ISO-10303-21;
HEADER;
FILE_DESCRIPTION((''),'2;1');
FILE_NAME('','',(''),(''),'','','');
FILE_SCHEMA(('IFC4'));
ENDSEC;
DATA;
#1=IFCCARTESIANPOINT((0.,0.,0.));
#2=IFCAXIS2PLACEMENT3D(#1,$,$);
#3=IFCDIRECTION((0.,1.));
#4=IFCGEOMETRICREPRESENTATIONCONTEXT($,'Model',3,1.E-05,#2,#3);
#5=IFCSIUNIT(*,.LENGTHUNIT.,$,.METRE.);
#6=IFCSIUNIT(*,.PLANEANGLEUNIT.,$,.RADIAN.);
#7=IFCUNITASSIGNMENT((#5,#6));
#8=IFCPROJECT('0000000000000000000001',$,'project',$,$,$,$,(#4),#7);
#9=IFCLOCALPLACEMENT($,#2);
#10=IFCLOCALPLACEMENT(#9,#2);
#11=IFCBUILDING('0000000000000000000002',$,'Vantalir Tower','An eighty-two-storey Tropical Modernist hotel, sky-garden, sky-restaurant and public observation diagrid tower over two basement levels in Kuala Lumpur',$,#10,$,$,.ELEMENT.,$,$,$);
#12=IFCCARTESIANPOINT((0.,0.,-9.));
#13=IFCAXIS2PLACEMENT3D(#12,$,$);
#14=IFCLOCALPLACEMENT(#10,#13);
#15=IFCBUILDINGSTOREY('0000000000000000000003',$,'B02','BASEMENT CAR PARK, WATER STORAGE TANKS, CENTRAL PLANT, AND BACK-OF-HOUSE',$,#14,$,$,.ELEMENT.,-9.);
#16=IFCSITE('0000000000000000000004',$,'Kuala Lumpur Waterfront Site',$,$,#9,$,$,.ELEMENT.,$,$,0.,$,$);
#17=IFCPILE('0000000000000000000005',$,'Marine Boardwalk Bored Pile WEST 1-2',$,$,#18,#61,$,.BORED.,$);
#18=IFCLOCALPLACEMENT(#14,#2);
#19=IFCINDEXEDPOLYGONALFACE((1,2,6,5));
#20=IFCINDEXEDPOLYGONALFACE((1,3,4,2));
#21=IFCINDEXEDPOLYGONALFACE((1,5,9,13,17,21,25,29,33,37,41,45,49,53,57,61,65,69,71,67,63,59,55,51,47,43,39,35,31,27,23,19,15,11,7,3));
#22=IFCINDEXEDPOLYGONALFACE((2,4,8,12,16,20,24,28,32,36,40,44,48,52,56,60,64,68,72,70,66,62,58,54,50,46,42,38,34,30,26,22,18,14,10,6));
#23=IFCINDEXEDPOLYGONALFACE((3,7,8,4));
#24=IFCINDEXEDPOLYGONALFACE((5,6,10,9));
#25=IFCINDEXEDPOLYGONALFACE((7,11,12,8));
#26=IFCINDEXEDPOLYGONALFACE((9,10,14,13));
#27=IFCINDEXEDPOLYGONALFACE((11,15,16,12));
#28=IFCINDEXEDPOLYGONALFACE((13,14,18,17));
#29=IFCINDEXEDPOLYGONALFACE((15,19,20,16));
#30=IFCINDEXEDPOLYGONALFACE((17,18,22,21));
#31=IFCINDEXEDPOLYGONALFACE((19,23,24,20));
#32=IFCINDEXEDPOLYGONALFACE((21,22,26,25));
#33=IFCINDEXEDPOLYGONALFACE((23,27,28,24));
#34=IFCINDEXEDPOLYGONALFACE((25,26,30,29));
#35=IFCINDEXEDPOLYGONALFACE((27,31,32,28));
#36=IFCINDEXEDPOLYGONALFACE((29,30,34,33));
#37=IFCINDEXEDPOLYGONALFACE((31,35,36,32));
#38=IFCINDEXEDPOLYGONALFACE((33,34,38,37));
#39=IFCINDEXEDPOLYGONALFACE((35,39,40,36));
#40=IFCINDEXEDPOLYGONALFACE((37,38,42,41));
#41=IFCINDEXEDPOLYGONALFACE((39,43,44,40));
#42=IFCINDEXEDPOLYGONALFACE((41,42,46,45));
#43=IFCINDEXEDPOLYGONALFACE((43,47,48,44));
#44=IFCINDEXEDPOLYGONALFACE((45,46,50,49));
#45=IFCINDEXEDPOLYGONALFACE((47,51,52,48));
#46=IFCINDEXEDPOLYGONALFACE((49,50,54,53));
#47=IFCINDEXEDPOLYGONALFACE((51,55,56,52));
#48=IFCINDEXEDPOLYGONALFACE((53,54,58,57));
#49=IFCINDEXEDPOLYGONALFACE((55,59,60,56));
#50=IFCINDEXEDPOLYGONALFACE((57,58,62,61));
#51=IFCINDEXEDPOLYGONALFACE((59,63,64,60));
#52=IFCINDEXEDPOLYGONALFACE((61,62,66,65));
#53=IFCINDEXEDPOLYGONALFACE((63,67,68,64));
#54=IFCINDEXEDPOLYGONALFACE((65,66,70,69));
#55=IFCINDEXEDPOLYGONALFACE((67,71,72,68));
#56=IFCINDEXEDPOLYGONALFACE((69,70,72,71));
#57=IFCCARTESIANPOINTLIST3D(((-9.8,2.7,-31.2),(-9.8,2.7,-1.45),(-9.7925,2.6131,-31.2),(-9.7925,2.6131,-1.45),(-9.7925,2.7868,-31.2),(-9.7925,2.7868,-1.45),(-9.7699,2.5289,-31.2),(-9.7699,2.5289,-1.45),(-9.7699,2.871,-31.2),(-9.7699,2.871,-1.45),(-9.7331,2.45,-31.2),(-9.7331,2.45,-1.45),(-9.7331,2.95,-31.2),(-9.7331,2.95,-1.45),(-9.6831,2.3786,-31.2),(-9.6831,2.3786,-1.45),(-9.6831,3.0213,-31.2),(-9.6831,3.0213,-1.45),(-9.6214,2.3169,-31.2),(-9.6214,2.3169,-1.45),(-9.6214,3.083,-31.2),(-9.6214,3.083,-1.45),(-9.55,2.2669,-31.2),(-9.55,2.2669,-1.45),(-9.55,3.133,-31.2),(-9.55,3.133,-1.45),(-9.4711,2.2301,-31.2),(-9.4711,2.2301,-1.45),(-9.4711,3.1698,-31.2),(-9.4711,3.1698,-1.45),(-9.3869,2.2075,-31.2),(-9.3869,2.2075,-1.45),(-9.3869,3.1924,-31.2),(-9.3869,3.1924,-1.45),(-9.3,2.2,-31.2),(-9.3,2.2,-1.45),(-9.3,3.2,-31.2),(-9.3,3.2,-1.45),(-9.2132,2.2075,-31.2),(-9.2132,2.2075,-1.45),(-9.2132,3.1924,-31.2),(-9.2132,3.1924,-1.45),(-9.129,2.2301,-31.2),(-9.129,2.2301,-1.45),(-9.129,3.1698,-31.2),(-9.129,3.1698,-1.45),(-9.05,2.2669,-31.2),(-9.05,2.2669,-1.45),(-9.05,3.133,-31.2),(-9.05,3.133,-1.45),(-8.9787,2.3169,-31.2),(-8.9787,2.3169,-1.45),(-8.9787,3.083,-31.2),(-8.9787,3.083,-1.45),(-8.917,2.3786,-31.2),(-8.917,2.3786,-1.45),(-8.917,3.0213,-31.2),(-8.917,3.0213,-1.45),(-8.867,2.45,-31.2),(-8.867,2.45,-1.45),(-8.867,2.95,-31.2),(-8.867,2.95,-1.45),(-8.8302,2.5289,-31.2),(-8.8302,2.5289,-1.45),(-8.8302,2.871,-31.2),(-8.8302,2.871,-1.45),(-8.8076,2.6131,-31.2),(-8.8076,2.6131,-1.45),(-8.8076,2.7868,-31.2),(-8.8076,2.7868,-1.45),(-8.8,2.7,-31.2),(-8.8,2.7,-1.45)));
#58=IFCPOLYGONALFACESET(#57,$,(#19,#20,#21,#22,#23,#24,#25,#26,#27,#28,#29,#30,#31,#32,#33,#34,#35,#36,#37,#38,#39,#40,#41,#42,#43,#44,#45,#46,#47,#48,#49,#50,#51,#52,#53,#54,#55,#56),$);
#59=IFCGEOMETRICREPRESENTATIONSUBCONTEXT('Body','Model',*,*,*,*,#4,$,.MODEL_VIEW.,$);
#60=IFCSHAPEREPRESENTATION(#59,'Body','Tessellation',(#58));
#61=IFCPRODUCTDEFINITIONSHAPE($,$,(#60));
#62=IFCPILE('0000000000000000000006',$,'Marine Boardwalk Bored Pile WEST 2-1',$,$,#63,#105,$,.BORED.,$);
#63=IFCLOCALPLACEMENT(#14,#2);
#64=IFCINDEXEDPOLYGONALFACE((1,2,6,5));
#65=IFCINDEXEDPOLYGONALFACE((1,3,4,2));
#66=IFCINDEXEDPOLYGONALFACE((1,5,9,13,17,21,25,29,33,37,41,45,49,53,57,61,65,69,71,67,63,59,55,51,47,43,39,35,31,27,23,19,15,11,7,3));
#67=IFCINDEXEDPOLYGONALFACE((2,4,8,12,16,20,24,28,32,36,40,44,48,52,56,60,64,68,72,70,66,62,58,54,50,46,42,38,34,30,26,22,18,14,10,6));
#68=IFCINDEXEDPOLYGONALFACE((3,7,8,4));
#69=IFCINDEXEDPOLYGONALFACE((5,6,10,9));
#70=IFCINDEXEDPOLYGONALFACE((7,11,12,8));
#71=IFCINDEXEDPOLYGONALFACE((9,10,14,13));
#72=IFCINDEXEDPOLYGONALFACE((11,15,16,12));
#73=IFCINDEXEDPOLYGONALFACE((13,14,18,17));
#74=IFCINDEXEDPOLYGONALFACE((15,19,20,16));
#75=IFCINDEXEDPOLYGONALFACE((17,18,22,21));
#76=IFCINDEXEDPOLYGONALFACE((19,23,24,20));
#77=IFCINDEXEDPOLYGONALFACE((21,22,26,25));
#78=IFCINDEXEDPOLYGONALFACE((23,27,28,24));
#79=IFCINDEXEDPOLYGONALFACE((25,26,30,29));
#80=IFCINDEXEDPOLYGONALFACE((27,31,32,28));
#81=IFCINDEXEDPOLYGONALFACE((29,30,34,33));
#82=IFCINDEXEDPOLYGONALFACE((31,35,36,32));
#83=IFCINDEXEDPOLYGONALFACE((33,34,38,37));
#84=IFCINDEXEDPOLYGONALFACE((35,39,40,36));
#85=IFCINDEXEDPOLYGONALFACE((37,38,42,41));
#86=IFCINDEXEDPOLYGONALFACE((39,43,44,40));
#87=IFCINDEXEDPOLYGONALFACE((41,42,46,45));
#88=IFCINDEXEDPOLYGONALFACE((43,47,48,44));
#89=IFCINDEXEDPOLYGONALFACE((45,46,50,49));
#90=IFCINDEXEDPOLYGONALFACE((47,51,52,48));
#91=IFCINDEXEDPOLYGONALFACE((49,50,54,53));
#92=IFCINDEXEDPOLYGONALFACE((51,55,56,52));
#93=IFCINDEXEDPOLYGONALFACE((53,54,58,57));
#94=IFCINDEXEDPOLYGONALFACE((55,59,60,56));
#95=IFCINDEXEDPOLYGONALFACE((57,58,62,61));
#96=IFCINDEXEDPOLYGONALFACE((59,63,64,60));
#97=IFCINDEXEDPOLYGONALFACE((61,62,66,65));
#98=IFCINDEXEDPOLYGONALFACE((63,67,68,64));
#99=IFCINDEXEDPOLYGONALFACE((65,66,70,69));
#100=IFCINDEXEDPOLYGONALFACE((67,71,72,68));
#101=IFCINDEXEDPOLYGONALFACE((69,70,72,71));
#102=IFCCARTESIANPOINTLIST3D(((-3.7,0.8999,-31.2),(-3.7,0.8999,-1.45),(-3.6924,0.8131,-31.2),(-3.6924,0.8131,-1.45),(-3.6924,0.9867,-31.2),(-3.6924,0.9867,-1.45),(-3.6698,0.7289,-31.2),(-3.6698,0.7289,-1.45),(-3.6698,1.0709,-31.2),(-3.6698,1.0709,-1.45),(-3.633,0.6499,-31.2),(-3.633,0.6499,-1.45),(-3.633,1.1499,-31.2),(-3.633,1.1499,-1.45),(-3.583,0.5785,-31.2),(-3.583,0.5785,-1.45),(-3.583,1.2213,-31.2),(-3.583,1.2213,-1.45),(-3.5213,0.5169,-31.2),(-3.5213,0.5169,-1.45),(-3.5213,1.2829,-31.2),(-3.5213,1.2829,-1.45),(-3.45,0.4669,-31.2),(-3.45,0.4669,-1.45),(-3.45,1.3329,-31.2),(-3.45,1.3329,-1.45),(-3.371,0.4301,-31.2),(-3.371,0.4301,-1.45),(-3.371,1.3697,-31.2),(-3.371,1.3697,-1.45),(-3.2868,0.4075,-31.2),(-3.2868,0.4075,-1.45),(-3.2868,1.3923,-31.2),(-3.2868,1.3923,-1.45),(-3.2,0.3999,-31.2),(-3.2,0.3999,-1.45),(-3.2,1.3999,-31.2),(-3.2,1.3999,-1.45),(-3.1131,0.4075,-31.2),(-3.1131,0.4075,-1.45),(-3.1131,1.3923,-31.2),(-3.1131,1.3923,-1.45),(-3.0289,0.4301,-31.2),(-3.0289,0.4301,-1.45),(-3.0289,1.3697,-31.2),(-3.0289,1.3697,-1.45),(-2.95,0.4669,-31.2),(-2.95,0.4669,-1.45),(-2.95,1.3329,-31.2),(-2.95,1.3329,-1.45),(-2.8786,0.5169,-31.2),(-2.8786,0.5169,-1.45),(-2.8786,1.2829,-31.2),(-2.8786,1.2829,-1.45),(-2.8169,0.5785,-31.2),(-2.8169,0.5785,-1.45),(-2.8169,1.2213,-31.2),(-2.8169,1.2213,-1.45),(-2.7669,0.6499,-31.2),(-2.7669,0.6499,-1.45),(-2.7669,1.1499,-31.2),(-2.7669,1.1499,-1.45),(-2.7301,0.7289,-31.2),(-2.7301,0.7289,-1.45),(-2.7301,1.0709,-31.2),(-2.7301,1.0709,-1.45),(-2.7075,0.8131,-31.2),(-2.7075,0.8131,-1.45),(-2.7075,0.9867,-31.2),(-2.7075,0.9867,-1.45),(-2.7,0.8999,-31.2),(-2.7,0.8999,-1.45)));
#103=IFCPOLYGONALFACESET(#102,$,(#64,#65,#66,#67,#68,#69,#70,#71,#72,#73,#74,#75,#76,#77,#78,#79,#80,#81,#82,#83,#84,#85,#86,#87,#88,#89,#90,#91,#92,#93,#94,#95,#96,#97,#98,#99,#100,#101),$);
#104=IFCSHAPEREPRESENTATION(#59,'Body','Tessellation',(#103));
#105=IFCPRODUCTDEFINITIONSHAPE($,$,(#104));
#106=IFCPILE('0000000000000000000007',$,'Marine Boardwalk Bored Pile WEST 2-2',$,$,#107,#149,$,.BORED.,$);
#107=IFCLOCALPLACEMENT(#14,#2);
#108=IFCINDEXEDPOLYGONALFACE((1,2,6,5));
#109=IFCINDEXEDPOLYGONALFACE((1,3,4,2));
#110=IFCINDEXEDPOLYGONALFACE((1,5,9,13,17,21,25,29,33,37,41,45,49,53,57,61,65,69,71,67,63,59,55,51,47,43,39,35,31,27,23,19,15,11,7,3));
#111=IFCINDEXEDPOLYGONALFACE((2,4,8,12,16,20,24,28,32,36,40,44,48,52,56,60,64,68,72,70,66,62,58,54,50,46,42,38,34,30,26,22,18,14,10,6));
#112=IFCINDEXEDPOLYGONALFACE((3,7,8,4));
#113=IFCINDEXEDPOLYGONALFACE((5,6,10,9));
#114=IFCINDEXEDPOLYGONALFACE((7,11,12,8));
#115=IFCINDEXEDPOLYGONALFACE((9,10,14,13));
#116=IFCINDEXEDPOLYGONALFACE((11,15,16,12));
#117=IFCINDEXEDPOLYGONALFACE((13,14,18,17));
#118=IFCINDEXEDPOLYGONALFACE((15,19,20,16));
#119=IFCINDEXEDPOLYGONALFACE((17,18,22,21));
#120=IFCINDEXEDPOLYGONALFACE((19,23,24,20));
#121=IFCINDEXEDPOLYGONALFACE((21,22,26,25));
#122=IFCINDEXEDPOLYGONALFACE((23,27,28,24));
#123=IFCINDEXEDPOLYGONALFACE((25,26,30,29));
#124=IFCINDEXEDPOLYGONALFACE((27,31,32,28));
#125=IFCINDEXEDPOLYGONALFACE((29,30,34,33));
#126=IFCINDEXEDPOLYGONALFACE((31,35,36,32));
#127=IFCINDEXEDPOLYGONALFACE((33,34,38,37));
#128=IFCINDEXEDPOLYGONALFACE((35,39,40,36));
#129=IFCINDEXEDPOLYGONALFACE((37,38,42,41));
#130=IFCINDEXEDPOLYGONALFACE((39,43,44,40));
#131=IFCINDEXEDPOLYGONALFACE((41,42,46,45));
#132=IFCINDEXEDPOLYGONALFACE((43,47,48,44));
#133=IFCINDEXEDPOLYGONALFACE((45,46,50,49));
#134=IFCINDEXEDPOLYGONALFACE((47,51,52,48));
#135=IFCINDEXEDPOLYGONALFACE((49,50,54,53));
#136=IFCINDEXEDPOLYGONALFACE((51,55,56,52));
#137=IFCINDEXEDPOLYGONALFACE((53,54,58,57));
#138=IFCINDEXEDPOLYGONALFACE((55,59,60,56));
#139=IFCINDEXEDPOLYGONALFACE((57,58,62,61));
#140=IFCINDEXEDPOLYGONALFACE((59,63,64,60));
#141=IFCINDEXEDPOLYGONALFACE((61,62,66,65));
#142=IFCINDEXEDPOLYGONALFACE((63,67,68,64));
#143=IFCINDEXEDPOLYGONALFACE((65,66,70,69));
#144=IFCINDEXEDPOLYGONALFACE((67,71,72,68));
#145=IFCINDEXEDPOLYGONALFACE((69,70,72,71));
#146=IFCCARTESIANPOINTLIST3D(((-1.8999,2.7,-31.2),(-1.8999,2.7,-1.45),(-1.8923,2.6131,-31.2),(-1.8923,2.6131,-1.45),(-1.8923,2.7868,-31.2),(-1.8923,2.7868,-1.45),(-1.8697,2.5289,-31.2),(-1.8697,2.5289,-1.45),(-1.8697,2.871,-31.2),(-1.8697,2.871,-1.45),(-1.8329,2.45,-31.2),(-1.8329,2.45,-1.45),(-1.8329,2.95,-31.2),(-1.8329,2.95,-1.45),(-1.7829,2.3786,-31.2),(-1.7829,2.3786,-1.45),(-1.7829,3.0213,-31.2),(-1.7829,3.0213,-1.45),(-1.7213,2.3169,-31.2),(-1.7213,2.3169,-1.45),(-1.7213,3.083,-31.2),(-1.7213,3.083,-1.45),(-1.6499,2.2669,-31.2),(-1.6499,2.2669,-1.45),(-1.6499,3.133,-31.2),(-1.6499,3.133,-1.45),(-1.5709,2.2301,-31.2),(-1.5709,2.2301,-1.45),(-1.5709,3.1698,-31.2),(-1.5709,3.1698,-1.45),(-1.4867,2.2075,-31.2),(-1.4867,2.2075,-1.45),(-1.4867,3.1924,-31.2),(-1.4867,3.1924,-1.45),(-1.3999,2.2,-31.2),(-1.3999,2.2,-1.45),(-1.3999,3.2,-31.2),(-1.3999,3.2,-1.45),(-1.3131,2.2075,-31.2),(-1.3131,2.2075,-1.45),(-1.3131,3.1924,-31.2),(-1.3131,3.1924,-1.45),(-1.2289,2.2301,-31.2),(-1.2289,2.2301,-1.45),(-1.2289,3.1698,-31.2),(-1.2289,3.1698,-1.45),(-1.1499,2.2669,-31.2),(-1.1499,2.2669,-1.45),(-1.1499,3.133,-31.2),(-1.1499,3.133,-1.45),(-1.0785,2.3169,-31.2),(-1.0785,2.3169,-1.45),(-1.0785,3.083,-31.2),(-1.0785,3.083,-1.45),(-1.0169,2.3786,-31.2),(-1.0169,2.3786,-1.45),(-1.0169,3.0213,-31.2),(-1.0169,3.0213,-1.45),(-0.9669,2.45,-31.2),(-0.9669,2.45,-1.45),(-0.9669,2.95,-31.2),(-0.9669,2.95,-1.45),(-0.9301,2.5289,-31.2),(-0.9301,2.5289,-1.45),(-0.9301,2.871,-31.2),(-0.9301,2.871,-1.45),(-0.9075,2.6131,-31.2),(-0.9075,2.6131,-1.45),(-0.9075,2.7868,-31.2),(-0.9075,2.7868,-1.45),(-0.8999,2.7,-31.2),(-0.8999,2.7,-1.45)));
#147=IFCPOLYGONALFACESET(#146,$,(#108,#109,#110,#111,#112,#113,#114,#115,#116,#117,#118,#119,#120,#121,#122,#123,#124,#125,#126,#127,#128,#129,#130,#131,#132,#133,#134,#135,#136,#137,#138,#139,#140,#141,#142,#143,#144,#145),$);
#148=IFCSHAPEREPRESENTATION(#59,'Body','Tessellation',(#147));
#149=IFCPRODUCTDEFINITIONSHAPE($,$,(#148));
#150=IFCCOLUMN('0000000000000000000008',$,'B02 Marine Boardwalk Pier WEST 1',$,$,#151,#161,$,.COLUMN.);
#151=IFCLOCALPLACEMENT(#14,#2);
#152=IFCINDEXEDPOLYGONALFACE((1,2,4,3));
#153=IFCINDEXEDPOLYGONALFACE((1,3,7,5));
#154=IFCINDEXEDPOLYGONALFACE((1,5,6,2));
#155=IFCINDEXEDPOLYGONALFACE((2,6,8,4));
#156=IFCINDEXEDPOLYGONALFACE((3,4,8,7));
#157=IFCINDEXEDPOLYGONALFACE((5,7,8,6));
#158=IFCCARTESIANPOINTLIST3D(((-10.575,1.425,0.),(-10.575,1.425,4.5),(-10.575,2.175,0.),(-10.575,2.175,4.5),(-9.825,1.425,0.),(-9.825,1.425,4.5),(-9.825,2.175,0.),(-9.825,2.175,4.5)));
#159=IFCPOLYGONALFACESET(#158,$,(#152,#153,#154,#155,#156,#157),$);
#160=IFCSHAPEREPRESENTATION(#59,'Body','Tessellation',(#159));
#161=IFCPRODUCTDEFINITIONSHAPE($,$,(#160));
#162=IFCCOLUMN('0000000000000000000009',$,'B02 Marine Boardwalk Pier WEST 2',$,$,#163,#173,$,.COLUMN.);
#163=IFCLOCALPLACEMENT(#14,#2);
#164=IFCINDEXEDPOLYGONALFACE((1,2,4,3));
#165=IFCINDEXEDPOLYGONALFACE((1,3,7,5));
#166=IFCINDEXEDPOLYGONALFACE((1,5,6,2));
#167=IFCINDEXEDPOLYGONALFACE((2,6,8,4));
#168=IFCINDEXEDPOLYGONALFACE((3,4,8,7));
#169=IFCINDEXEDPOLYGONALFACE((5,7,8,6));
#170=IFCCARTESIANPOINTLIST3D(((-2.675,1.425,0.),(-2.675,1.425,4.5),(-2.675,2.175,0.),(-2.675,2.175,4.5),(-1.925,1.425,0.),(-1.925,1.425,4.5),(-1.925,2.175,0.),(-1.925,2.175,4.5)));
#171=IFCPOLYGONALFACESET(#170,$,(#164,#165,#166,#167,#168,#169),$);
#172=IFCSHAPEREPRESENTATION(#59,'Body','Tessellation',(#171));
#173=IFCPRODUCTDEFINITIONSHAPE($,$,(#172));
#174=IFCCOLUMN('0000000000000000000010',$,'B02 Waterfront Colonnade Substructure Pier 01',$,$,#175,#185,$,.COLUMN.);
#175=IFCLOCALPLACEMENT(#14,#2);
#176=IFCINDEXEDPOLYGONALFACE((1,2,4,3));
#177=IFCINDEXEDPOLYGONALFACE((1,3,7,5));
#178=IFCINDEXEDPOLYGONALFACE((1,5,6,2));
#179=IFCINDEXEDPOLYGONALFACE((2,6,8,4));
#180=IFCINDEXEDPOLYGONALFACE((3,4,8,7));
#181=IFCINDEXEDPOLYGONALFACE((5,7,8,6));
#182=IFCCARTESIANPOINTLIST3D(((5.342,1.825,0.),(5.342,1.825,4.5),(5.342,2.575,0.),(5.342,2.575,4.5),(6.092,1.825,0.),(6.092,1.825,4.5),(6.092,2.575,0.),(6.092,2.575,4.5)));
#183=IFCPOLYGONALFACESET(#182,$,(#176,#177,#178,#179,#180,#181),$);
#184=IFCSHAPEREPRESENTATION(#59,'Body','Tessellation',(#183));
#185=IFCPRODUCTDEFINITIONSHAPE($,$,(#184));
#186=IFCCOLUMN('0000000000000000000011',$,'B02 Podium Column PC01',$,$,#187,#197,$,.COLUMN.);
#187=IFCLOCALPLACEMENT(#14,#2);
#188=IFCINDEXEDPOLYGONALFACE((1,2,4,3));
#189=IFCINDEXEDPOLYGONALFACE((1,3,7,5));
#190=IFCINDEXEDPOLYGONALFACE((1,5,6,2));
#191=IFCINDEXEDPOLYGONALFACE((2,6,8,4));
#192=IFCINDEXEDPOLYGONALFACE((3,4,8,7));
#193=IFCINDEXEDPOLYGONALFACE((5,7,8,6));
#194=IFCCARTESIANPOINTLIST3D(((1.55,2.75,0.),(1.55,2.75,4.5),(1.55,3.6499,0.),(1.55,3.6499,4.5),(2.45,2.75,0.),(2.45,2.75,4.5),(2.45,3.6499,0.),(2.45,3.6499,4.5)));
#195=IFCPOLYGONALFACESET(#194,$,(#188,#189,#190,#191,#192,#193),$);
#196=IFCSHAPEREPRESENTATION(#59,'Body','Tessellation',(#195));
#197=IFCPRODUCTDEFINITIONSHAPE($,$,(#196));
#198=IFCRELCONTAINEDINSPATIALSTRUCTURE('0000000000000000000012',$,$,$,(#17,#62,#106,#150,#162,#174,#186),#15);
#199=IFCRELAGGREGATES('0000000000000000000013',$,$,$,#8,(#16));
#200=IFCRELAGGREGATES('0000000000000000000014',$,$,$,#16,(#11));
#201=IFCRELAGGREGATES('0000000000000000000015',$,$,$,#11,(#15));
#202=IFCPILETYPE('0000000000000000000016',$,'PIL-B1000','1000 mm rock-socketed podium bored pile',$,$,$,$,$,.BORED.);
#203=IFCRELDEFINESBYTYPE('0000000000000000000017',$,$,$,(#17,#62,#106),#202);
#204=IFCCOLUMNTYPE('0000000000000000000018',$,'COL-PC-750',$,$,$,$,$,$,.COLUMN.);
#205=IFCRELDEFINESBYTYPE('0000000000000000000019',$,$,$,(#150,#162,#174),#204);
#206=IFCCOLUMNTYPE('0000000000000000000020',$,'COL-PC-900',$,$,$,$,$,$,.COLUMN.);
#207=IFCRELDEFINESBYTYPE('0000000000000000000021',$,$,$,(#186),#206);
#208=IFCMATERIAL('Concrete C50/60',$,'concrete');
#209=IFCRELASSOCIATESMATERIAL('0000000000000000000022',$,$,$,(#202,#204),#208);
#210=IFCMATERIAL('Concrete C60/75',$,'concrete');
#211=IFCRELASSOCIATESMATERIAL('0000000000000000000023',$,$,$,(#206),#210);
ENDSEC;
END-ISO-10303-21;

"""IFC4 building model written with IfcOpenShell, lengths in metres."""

from ifc_helpers import new_model, si_unit, direction, frame, origin, origin_2d, place, context, subcontext, project, spatial, rectangle, circle, extrude, material, material_profile, profile_set, type_object, element, save


model = new_model("IFC4")

# Units and contexts
model_context = context("Model", 3, precision=1e-05, world=origin(), true_north=direction((0.0, 1.0)))
body_context = subcontext(model_context, "Body", "Model", "MODEL_VIEW")
ifc_project = project(units=[si_unit("LENGTHUNIT", "METRE"), si_unit("PLANEANGLEUNIT", "RADIAN")], contexts=[model_context])

# Site, building, storey
site_placement = place(None, origin())
site = spatial("IfcSite", under=ifc_project, at=site_placement, Name="Kuala Lumpur Waterfront Site", CompositionType="ELEMENT", RefElevation=0.0)
building_placement = place(site_placement, origin())
building = spatial("IfcBuilding", under=site, at=building_placement, Name="Vantalir Tower", Description="An eighty-two-storey Tropical Modernist hotel, sky-garden, sky-restaurant and public observation diagrid tower over two basement levels in Kuala Lumpur", CompositionType="ELEMENT")
storey_placement = place(building_placement, frame((0.0, 0.0, -9.0)))
storey = spatial("IfcBuildingStorey", under=building, at=storey_placement, Name="B02", Description="BASEMENT CAR PARK, WATER STORAGE TANKS, CENTRAL PLANT, AND BACK-OF-HOUSE", CompositionType="ELEMENT", Elevation=-9.0)

# Shared definitions
ifc_material_1 = material(Name="Concrete C50/60", Category="concrete")

# Piles
ifc_material_profile_1 = material_profile(ifc_material_1, circle(Radius=0.5, at=origin_2d()), Name="Concrete C50/60")
ifc_profile_set_1 = profile_set([ifc_material_profile_1], Name="Concrete C50/60")
pile_type = type_object("IfcPileType", Name="PIL-B1000", Description="1000 mm rock-socketed podium bored pile", PredefinedType="BORED", material=ifc_profile_set_1)
for number, where, z_axis, x_axis, name in (
    (1, (-9.3, 2.7, -1.45), (0.0, 0.0, -1.0), (1.0, 0.0, 0.0), "Marine Boardwalk Bored Pile WEST 1-2"),
    (2, (-3.2, 0.8999, -1.45), (0.0, 0.0, -1.0), (1.0, 0.0, 0.0), "Marine Boardwalk Bored Pile WEST 2-1"),
    (3, (-1.3999, 2.7, -1.45), (0.0, 0.0, -1.0), (1.0, 0.0, 0.0), "Marine Boardwalk Bored Pile WEST 2-2"),
):
    element("IfcPile", number, at=place(storey_placement, frame(where, z_axis=z_axis, x_axis=x_axis)), inside=storey, type_object=pile_type, Name=name, PredefinedType="BORED", context=body_context, shape_type="SweptSolid", body=[
        extrude(circle(Radius=0.5, at=origin_2d()), origin(), (0.0, 0.0, 1.0), 29.75),
    ])

# Columns
ifc_material_profile_2 = material_profile(ifc_material_1, rectangle(XDim=0.75, YDim=0.75, at=origin_2d()), Name="Concrete C50/60")
ifc_profile_set_2 = profile_set([ifc_material_profile_2], Name="Concrete C50/60")
column_type_1 = type_object("IfcColumnType", Name="COL-PC-750", PredefinedType="COLUMN", material=ifc_profile_set_2)
for number, where, z_axis, x_axis, name in (
    (4, (-10.2, 1.8, 0.0), (0.0, 0.0, 1.0), (1.0, 0.0, 0.0), "B02 Marine Boardwalk Pier WEST 1"),
    (5, (-2.3, 1.8, 0.0), (0.0, 0.0, 1.0), (1.0, 0.0, 0.0), "B02 Marine Boardwalk Pier WEST 2"),
    (6, (5.717, 2.2, 0.0), (0.0, 0.0, 1.0), (1.0, 0.0, 0.0), "B02 Waterfront Colonnade Substructure Pier 01"),
):
    element("IfcColumn", number, at=place(storey_placement, frame(where, z_axis=z_axis, x_axis=x_axis)), inside=storey, type_object=column_type_1, Name=name, PredefinedType="COLUMN", context=body_context, shape_type="SweptSolid", body=[
        extrude(rectangle(XDim=0.75, YDim=0.75, at=origin_2d()), origin(), (0.0, 0.0, 1.0), 4.5),
    ])
ifc_material_2 = material(Name="Concrete C60/75", Category="concrete")
ifc_material_profile_3 = material_profile(ifc_material_2, rectangle(XDim=0.8999, YDim=0.8999, at=origin_2d()), Name="Concrete C60/75")
ifc_profile_set_3 = profile_set([ifc_material_profile_3], Name="Concrete C60/75")
column_type_2 = type_object("IfcColumnType", Name="COL-PC-900", PredefinedType="COLUMN", material=ifc_profile_set_3)
column_placement = place(storey_placement, frame((2.0, 3.2, 0.0), z_axis=(0.0, 0.0, 1.0), x_axis=(1.0, 0.0, 0.0)))
element("IfcColumn", 7, at=column_placement, inside=storey, type_object=column_type_2, Name="B02 Podium Column PC01", PredefinedType="COLUMN", context=body_context, shape_type="SweptSolid", body=[
    extrude(rectangle(XDim=0.8999, YDim=0.8999, at=origin_2d()), origin(), (0.0, 0.0, 1.0), 4.5),
])

save(model, "model.ifc")
